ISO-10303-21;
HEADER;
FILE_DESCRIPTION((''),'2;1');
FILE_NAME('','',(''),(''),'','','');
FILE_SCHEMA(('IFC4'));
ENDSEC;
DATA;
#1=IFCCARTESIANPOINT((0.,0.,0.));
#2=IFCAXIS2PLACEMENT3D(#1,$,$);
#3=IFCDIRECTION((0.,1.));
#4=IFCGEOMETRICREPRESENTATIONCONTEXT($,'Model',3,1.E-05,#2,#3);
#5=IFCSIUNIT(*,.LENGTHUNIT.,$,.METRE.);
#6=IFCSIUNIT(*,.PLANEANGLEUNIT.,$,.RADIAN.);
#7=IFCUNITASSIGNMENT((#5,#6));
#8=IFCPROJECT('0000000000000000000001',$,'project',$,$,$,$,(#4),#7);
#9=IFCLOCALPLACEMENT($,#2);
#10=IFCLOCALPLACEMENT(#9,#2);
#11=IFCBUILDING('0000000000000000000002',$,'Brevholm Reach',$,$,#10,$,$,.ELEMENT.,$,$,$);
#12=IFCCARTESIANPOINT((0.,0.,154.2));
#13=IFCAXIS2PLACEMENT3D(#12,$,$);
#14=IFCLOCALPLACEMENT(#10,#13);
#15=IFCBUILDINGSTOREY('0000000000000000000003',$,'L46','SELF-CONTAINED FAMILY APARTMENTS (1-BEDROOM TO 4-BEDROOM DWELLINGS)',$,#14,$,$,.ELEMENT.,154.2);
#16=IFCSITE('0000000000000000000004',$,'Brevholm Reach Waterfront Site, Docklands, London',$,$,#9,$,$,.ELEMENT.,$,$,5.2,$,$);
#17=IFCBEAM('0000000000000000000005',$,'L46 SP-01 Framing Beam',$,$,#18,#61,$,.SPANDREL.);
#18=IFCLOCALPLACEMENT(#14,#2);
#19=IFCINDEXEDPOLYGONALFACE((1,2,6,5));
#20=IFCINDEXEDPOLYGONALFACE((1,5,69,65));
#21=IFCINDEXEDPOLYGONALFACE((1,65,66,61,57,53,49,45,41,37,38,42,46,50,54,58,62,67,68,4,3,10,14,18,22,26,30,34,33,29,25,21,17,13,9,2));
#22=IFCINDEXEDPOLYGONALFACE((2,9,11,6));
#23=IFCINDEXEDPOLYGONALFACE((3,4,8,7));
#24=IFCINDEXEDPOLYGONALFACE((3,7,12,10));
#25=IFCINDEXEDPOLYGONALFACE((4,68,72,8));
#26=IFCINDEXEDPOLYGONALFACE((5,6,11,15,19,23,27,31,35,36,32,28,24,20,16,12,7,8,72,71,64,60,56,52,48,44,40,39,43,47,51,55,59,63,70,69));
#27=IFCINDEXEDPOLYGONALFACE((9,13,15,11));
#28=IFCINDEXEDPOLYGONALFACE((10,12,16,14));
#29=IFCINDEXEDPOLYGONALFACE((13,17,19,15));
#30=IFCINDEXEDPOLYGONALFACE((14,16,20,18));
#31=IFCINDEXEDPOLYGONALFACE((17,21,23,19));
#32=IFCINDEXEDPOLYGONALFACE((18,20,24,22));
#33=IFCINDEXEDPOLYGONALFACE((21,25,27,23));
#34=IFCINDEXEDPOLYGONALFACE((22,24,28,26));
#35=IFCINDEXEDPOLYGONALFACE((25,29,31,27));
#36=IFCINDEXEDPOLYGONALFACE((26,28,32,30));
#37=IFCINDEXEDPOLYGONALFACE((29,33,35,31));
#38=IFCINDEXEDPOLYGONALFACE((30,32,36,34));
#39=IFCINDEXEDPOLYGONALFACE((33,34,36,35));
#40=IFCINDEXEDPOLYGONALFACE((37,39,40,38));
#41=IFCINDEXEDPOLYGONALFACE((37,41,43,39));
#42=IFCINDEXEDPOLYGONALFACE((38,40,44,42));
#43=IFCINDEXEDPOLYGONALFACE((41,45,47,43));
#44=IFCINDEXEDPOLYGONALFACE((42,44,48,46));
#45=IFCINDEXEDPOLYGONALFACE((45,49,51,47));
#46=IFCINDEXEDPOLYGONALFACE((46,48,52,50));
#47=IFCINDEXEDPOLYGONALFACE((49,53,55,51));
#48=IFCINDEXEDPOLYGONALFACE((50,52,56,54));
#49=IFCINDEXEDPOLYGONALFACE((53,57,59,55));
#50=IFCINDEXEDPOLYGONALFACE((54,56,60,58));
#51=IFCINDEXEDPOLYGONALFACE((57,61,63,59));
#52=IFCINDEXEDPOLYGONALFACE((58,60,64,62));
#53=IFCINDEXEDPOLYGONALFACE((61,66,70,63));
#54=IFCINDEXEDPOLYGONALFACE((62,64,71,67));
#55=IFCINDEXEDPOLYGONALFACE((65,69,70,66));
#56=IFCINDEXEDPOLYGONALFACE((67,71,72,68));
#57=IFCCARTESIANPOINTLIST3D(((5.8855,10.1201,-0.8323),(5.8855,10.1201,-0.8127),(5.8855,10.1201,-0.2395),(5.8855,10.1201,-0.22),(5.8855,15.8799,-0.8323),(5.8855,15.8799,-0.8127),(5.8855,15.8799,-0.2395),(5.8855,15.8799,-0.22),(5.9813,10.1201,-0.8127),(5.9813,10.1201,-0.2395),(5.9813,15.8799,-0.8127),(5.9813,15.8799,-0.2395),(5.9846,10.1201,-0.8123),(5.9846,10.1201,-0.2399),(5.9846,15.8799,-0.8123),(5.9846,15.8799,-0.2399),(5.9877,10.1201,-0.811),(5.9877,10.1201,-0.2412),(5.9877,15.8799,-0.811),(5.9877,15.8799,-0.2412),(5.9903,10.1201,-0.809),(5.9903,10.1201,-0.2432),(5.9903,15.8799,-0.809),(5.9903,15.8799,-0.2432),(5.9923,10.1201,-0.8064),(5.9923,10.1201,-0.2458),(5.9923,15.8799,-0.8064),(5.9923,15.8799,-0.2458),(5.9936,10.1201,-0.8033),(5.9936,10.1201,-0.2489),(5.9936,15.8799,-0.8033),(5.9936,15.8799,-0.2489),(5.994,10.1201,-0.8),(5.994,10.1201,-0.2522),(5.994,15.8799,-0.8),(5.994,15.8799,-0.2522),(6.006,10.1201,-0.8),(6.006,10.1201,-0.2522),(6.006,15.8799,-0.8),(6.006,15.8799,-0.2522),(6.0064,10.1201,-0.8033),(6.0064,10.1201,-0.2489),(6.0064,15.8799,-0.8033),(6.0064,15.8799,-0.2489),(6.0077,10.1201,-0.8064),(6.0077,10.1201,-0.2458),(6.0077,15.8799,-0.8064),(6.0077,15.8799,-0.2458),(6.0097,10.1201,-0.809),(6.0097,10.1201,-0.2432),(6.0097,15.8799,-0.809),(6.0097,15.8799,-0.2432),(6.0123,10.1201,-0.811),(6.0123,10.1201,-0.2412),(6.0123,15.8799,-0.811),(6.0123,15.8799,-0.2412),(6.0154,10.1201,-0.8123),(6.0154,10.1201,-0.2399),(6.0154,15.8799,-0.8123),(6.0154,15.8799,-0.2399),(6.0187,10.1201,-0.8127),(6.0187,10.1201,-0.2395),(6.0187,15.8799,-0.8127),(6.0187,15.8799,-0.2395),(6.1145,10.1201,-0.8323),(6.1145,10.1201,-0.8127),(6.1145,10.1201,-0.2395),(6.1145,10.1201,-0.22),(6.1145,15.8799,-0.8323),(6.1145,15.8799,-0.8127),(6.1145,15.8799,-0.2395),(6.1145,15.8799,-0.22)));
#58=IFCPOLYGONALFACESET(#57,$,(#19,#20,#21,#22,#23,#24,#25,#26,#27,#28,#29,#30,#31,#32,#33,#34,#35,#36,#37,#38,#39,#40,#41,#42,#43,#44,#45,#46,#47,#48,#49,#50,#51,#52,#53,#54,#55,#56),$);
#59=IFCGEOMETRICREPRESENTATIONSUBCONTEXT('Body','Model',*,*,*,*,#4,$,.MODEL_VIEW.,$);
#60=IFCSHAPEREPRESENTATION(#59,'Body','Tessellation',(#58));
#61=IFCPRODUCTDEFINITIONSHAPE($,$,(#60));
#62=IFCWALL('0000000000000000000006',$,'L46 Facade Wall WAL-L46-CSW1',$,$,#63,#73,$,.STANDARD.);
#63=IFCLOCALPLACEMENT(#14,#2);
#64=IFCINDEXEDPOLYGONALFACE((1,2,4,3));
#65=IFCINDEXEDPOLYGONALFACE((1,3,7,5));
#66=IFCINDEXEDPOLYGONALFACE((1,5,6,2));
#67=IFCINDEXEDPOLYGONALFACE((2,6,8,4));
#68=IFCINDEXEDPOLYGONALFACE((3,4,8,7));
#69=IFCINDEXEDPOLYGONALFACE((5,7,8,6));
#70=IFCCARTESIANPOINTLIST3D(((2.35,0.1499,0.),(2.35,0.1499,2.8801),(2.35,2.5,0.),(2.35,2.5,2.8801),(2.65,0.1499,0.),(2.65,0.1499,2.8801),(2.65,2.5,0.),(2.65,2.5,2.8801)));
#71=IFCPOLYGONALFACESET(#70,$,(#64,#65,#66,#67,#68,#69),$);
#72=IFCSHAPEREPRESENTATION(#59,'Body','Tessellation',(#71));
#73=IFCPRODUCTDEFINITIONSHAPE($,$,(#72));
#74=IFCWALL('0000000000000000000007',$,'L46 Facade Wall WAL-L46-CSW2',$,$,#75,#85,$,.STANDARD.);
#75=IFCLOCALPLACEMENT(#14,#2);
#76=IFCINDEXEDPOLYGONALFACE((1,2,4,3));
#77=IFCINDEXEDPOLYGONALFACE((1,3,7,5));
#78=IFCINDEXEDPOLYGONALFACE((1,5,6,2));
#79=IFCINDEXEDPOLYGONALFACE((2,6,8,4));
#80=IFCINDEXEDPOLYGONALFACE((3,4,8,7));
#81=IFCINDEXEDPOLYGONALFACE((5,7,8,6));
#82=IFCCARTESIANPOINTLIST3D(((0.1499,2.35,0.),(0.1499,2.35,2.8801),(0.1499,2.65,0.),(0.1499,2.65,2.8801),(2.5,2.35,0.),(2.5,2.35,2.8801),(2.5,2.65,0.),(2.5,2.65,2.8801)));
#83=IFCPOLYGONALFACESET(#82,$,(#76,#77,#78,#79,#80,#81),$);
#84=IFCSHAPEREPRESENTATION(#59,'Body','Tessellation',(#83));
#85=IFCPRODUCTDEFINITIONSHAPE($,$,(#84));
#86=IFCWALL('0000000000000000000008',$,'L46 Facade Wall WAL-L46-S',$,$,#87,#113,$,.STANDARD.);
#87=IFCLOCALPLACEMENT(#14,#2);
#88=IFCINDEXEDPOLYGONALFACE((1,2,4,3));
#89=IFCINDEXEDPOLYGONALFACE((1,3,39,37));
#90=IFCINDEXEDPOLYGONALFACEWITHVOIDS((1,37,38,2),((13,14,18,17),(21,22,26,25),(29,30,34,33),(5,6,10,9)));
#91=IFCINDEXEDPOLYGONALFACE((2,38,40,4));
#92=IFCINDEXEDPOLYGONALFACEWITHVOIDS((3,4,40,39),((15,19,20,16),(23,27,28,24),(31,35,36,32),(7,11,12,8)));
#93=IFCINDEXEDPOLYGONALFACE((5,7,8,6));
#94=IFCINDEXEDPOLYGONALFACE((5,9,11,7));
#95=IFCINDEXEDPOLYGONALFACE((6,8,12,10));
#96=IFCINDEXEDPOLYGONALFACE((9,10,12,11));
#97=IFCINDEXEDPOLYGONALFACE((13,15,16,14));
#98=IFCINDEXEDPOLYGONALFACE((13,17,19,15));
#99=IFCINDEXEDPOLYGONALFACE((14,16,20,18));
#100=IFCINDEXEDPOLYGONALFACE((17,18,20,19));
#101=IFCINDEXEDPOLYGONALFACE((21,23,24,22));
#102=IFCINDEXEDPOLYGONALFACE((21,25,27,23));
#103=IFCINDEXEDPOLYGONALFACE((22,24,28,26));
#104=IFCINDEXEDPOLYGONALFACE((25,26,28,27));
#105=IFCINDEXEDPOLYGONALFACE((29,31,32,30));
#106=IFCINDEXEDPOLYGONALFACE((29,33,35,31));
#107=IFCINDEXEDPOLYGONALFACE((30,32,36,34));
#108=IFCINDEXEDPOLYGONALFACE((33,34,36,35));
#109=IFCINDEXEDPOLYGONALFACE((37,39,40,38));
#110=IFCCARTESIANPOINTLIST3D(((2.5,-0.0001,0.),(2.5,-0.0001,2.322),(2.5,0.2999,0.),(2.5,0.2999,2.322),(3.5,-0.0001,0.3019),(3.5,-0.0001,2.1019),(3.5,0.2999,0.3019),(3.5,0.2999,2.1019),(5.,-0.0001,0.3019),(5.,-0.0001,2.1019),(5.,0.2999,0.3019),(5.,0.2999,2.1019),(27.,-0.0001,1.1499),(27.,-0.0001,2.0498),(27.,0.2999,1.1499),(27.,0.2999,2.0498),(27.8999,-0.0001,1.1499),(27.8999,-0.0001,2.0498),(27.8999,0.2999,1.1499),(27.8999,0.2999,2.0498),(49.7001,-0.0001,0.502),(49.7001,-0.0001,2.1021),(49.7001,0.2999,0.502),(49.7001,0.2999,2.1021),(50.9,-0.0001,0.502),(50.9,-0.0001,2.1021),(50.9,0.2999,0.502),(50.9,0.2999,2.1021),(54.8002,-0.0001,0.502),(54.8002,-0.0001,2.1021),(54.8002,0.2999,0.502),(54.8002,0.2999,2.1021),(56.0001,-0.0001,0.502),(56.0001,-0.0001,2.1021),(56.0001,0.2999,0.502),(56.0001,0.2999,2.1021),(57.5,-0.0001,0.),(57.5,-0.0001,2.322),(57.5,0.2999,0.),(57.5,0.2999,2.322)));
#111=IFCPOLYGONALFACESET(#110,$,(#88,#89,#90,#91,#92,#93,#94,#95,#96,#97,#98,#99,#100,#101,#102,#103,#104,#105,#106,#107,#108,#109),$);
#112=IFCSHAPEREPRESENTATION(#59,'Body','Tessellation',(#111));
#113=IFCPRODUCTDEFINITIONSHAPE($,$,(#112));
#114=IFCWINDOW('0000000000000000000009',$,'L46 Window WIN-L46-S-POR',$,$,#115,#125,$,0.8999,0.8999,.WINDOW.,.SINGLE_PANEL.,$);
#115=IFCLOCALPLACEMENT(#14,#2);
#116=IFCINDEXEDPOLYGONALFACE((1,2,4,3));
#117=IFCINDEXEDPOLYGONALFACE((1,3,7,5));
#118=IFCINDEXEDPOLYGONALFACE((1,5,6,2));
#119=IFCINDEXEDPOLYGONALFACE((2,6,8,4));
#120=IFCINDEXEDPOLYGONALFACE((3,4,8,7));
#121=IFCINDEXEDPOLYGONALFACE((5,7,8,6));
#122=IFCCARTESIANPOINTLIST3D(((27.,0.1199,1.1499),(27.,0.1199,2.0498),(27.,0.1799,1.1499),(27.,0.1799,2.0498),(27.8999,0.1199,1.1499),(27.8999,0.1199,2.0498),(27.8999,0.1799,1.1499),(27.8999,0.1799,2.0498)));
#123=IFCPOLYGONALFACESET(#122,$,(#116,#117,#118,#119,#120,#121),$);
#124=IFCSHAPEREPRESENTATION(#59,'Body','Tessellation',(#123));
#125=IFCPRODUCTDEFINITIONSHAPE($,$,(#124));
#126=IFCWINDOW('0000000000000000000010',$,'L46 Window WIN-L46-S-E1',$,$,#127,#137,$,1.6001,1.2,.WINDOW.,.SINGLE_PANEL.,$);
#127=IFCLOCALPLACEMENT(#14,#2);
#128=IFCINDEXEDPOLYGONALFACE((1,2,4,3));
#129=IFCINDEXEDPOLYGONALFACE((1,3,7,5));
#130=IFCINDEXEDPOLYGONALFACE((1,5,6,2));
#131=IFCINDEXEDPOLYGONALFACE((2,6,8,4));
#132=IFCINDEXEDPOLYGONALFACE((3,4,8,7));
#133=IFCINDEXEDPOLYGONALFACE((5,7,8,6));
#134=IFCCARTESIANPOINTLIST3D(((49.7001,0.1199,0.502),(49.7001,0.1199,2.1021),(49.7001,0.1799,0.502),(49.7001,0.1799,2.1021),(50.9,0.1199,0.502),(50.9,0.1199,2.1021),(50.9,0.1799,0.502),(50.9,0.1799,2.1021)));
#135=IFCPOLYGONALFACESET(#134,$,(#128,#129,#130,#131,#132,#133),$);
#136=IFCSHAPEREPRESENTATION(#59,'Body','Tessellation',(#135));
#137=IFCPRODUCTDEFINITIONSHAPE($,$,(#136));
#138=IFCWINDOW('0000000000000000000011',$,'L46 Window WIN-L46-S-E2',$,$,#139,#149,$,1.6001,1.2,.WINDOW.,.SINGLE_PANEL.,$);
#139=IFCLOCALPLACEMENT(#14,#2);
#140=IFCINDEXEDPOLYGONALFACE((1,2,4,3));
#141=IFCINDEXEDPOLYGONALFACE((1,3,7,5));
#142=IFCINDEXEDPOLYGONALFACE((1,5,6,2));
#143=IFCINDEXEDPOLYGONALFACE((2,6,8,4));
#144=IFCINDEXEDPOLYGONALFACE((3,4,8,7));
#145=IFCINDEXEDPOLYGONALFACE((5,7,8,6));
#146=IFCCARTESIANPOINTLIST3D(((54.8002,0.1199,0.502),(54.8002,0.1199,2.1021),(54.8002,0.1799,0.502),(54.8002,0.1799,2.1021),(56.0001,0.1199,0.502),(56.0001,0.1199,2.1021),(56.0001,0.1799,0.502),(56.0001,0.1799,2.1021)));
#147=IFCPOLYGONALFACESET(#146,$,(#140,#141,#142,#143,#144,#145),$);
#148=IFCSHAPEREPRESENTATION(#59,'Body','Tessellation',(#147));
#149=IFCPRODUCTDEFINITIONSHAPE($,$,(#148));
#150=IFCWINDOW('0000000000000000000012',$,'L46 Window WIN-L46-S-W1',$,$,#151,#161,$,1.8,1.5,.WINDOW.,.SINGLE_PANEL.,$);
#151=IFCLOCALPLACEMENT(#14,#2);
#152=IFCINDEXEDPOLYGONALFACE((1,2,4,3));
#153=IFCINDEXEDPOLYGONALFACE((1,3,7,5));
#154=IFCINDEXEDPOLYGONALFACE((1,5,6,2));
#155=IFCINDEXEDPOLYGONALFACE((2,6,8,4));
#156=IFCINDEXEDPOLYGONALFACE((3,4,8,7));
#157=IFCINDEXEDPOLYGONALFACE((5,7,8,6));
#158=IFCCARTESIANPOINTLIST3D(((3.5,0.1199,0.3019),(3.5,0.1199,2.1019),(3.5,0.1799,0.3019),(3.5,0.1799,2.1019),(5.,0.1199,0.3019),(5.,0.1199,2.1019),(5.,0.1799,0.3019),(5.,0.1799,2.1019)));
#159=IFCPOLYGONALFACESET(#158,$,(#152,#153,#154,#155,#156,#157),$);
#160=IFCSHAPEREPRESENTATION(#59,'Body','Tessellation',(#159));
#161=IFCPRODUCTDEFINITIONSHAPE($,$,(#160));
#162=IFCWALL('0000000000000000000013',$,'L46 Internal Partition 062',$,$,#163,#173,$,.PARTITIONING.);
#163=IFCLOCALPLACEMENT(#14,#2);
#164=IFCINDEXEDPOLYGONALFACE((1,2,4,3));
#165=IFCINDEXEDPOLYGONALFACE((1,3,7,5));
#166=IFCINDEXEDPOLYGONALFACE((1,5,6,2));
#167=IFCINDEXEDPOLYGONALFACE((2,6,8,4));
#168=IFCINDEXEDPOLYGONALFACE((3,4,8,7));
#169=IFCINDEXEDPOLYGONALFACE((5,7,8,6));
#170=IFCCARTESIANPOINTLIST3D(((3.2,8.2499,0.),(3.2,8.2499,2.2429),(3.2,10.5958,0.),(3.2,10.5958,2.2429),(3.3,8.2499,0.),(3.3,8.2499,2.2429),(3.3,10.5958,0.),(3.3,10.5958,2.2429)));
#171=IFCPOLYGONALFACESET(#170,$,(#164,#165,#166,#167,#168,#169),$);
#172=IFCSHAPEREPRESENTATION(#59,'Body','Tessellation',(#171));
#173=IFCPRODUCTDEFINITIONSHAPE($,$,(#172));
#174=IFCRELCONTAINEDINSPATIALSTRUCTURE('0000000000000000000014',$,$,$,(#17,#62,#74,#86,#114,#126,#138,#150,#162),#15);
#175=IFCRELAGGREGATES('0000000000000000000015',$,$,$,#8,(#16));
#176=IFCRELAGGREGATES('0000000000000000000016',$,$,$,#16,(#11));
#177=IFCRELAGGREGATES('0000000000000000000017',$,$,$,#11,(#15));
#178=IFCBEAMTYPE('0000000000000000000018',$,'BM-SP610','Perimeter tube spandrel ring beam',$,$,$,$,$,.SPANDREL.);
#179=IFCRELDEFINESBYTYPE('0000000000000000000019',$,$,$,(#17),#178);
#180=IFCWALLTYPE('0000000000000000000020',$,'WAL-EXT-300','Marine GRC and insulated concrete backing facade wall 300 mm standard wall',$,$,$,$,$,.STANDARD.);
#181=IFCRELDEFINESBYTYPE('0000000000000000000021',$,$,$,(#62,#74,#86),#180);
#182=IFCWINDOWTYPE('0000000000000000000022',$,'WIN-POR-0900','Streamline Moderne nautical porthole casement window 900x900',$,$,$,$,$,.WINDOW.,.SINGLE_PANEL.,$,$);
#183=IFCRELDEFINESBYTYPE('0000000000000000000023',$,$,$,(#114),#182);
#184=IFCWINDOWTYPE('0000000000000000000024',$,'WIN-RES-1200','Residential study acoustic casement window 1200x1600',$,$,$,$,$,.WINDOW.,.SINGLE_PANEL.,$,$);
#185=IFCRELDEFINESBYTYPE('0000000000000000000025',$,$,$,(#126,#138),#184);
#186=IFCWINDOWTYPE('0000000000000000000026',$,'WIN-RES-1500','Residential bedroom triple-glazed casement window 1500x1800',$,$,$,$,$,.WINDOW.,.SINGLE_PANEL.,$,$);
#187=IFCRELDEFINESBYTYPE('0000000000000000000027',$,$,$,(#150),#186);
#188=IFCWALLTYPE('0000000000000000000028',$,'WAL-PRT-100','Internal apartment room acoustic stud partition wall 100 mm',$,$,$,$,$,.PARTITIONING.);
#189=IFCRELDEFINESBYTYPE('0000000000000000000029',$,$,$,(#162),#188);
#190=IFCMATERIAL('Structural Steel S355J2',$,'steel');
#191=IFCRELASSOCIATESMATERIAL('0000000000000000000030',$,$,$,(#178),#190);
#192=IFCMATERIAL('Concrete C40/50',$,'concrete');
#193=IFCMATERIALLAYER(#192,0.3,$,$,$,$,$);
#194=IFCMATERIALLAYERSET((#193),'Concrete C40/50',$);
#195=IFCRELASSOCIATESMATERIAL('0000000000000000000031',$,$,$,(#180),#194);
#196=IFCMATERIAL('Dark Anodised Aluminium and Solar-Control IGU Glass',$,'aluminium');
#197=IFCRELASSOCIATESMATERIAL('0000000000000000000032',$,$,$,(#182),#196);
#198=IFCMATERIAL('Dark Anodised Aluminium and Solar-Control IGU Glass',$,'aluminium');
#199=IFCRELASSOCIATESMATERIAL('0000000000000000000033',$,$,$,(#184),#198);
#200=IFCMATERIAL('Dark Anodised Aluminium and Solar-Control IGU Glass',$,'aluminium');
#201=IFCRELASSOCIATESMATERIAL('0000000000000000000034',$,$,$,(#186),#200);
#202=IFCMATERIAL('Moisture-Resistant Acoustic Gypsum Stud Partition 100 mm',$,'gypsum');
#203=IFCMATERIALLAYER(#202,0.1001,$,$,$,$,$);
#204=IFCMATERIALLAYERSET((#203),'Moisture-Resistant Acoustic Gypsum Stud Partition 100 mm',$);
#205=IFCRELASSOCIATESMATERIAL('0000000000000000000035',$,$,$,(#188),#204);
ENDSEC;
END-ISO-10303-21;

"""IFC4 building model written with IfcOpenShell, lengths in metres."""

from ifc_helpers import new_model, si_unit, direction, frame, frame_2d, origin, origin_2d, place, context, subcontext, project, spatial, rectangle, i_section, extrude, material, layer, layer_set, material_profile, profile_set, type_object, element, fill, save


model = new_model("IFC4")

# Units and contexts
model_context = context("Model", 3, precision=1e-05, world=origin(), true_north=direction((0.0, 1.0)))
body_context = subcontext(model_context, "Body", "Model", "MODEL_VIEW")
ifc_project = project(units=[si_unit("LENGTHUNIT", "METRE"), si_unit("PLANEANGLEUNIT", "RADIAN")], contexts=[model_context])

# Site, building, storey
site_placement = place(None, origin())
site = spatial("IfcSite", under=ifc_project, at=site_placement, Name="Brevholm Reach Waterfront Site, Docklands, London", CompositionType="ELEMENT", RefElevation=5.2)
building_placement = place(site_placement, origin())
building = spatial("IfcBuilding", under=site, at=building_placement, Name="Brevholm Reach", CompositionType="ELEMENT")
storey_placement = place(building_placement, frame((0.0, 0.0, 154.2)))
storey = spatial("IfcBuildingStorey", under=building, at=storey_placement, Name="L46", Description="SELF-CONTAINED FAMILY APARTMENTS (1-BEDROOM TO 4-BEDROOM DWELLINGS)", CompositionType="ELEMENT", Elevation=154.2)

# Beam
ifc_material_1 = material(Name="Structural Steel S355J2", Category="steel")
ifc_material_profile_1 = material_profile(ifc_material_1, i_section(OverallWidth=0.229, OverallDepth=0.6123, WebThickness=0.012, FlangeThickness=0.0195, FilletRadius=0.0127, at=origin_2d()), Name="UKB 610x229x125")
ifc_profile_set_1 = profile_set([ifc_material_profile_1], Name="Structural Steel S355J2")
beam_type_1 = type_object("IfcBeamType", Name="BM-SP610", Description="Perimeter tube spandrel ring beam", PredefinedType="SPANDREL", material=ifc_profile_set_1)
beam_1_placement = place(storey_placement, frame((6.0, 10.1201, -0.5261), z_axis=(0.0, 1.0, 0.0), x_axis=(-1.0, 0.0, 0.0)))
element("IfcBeam", 1, at=beam_1_placement, inside=storey, type_object=beam_type_1, Name="L46 SP-01 Framing Beam", PredefinedType="SPANDREL", context=body_context, shape_type="SweptSolid", body=[
    extrude(i_section(OverallWidth=0.229, OverallDepth=0.6123, WebThickness=0.012, FlangeThickness=0.0195, FilletRadius=0.0127, at=origin_2d()), origin(), (0.0, 0.0, 1.0), 5.7598),
])

# Walls
ifc_material_2 = material(Name="Concrete C40/50", Category="concrete")
ifc_layer_1 = layer(ifc_material_2, 0.3)
ifc_layer_set_1 = layer_set([ifc_layer_1], Name="Concrete C40/50")
wall_type_1 = type_object("IfcWallType", Name="WAL-EXT-300", Description="Marine GRC and insulated concrete backing facade wall 300 mm standard wall", PredefinedType="STANDARD", material=ifc_layer_set_1)
for number, where, z_axis, x_axis, name in (
    (2, (2.5, 2.5, 0.0), (0.0, 0.0, 1.0), (0.0, -1.0, 0.0), "L46 Facade Wall WAL-L46-CSW1"),
    (3, (0.1499, 2.5, 0.0), (0.0, 0.0, 1.0), (1.0, 0.0, 0.0), "L46 Facade Wall WAL-L46-CSW2"),
):
    element("IfcWall", number, at=place(storey_placement, frame(where, z_axis=z_axis, x_axis=x_axis)), inside=storey, type_object=wall_type_1, Name=name, PredefinedType="STANDARD", context=body_context, shape_type="SweptSolid", body=[
        extrude(rectangle(XDim=2.3501, YDim=0.3, at=frame_2d((1.175, 0.0))), origin(), (0.0, 0.0, 1.0), 2.8801),
    ])

# Wall, openings, windows
wall_1_placement = place(storey_placement, frame((2.5, 0.1499, 0.0), z_axis=(0.0, 0.0, 1.0), x_axis=(1.0, 0.0, 0.0)))
wall_1 = element("IfcWall", 4, at=wall_1_placement, inside=storey, type_object=wall_type_1, Name="L46 Facade Wall WAL-L46-S", PredefinedType="STANDARD", context=body_context, shape_type="SweptSolid", body=[
    extrude(rectangle(XDim=55.0, YDim=0.3, at=frame_2d((27.5, 0.0))), origin(), (0.0, 0.0, 1.0), 2.322),
])
opening_1_placement = place(wall_1_placement, frame((1.0, 0.0, 0.302)))
opening_1 = element("IfcOpeningElement", 5, at=opening_1_placement, cuts=wall_1, PredefinedType="OPENING", context=body_context, shape_type="SweptSolid", body=[
    extrude(rectangle(XDim=1.5, YDim=1.8, at=frame_2d((0.75, 0.8999))), frame((0.0, 0.1599, 0.0), z_axis=(0.0, -1.0, 0.0), x_axis=(1.0, 0.0, 0.0)), (0.0, 0.0, 1.0), 0.3201),
])
opening_2_placement = place(wall_1_placement, frame((24.5, 0.0, 1.1499)))
opening_2 = element("IfcOpeningElement", 6, at=opening_2_placement, cuts=wall_1, PredefinedType="OPENING", context=body_context, shape_type="SweptSolid", body=[
    extrude(rectangle(XDim=0.8999, YDim=0.8999, at=frame_2d((0.45, 0.45))), frame((0.0, 0.1599, 0.0), z_axis=(0.0, -1.0, 0.0), x_axis=(1.0, 0.0, 0.0)), (0.0, 0.0, 1.0), 0.3201),
])
opening_3_placement = place(wall_1_placement, frame((47.2, 0.0, 0.502)))
opening_3 = element("IfcOpeningElement", 7, at=opening_3_placement, cuts=wall_1, PredefinedType="OPENING", context=body_context, shape_type="SweptSolid", body=[
    extrude(rectangle(XDim=1.2, YDim=1.6001, at=frame_2d((0.6001, 0.8))), frame((0.0, 0.1599, 0.0), z_axis=(0.0, -1.0, 0.0), x_axis=(1.0, 0.0, 0.0)), (0.0, 0.0, 1.0), 0.3201),
])
opening_4_placement = place(wall_1_placement, frame((52.3, 0.0, 0.502)))
opening_4 = element("IfcOpeningElement", 8, at=opening_4_placement, cuts=wall_1, PredefinedType="OPENING", context=body_context, shape_type="SweptSolid", body=[
    extrude(rectangle(XDim=1.2, YDim=1.6001, at=frame_2d((0.6001, 0.8))), frame((0.0, 0.1599, 0.0), z_axis=(0.0, -1.0, 0.0), x_axis=(1.0, 0.0, 0.0)), (0.0, 0.0, 1.0), 0.3201),
])
ifc_material_3 = material(Name="Dark Anodised Aluminium and Solar-Control IGU Glass", Category="aluminium")
window_type_1 = type_object("IfcWindowType", Name="WIN-POR-0900", Description="Streamline Moderne nautical porthole casement window 900x900", PartitioningType="SINGLE_PANEL", PredefinedType="WINDOW", material=ifc_material_3)
window_1_placement = place(opening_2_placement, origin())
window_1 = element("IfcWindow", 9, at=window_1_placement, inside=storey, type_object=window_type_1, Name="L46 Window WIN-L46-S-POR", OverallHeight=0.8999, OverallWidth=0.8999, PartitioningType="SINGLE_PANEL", PredefinedType="WINDOW", context=body_context, shape_type="SweptSolid", body=[
    extrude(rectangle(XDim=0.8999, YDim=0.8999, at=frame_2d((0.45, 0.45))), frame((0.0, 0.03, 0.0), z_axis=(0.0, -1.0, 0.0), x_axis=(1.0, 0.0, 0.0)), (0.0, 0.0, 1.0), 0.0601),
])
fill(opening_2, window_1)
ifc_material_4 = material(Name="Dark Anodised Aluminium and Solar-Control IGU Glass", Category="aluminium")
window_type_2 = type_object("IfcWindowType", Name="WIN-RES-1200", Description="Residential study acoustic casement window 1200x1600", PartitioningType="SINGLE_PANEL", PredefinedType="WINDOW", material=ifc_material_4)
window_2_placement = place(opening_3_placement, origin())
window_2 = element("IfcWindow", 10, at=window_2_placement, inside=storey, type_object=window_type_2, Name="L46 Window WIN-L46-S-E1", OverallHeight=1.6001, OverallWidth=1.2, PartitioningType="SINGLE_PANEL", PredefinedType="WINDOW", context=body_context, shape_type="SweptSolid", body=[
    extrude(rectangle(XDim=1.2, YDim=1.6001, at=frame_2d((0.6001, 0.8))), frame((0.0, 0.03, 0.0), z_axis=(0.0, -1.0, 0.0), x_axis=(1.0, 0.0, 0.0)), (0.0, 0.0, 1.0), 0.0601),
])
fill(opening_3, window_2)
window_3_placement = place(opening_4_placement, origin())
window_3 = element("IfcWindow", 11, at=window_3_placement, inside=storey, type_object=window_type_2, Name="L46 Window WIN-L46-S-E2", OverallHeight=1.6001, OverallWidth=1.2, PartitioningType="SINGLE_PANEL", PredefinedType="WINDOW", context=body_context, shape_type="SweptSolid", body=[
    extrude(rectangle(XDim=1.2, YDim=1.6001, at=frame_2d((0.6001, 0.8))), frame((0.0, 0.03, 0.0), z_axis=(0.0, -1.0, 0.0), x_axis=(1.0, 0.0, 0.0)), (0.0, 0.0, 1.0), 0.0601),
])
fill(opening_4, window_3)
ifc_material_5 = material(Name="Dark Anodised Aluminium and Solar-Control IGU Glass", Category="aluminium")
window_type_3 = type_object("IfcWindowType", Name="WIN-RES-1500", Description="Residential bedroom triple-glazed casement window 1500x1800", PartitioningType="SINGLE_PANEL", PredefinedType="WINDOW", material=ifc_material_5)
window_4_placement = place(opening_1_placement, origin())
window_4 = element("IfcWindow", 12, at=window_4_placement, inside=storey, type_object=window_type_3, Name="L46 Window WIN-L46-S-W1", OverallHeight=1.8, OverallWidth=1.5, PartitioningType="SINGLE_PANEL", PredefinedType="WINDOW", context=body_context, shape_type="SweptSolid", body=[
    extrude(rectangle(XDim=1.5, YDim=1.8, at=frame_2d((0.75, 0.8999))), frame((0.0, 0.03, 0.0), z_axis=(0.0, -1.0, 0.0), x_axis=(1.0, 0.0, 0.0)), (0.0, 0.0, 1.0), 0.0601),
])
fill(opening_1, window_4)

# Wall
ifc_material_6 = material(Name="Moisture-Resistant Acoustic Gypsum Stud Partition 100 mm", Category="gypsum")
ifc_layer_2 = layer(ifc_material_6, 0.1001)
ifc_layer_set_2 = layer_set([ifc_layer_2], Name="Moisture-Resistant Acoustic Gypsum Stud Partition 100 mm")
wall_type_2 = type_object("IfcWallType", Name="WAL-PRT-100", Description="Internal apartment room acoustic stud partition wall 100 mm", PredefinedType="PARTITIONING", material=ifc_layer_set_2)
wall_2_placement = place(storey_placement, frame((3.25, 8.25, 0.0), z_axis=(0.0, 0.0, 1.0), x_axis=(0.0, 1.0, 0.0)))
element("IfcWall", 13, at=wall_2_placement, inside=storey, type_object=wall_type_2, Name="L46 Internal Partition 062", PredefinedType="PARTITIONING", context=body_context, shape_type="SweptSolid", body=[
    extrude(rectangle(XDim=2.3459, YDim=0.1001, at=frame_2d((1.1729, 0.0))), origin(), (0.0, 0.0, 1.0), 2.2429),
])

save(model, "model.ifc")
